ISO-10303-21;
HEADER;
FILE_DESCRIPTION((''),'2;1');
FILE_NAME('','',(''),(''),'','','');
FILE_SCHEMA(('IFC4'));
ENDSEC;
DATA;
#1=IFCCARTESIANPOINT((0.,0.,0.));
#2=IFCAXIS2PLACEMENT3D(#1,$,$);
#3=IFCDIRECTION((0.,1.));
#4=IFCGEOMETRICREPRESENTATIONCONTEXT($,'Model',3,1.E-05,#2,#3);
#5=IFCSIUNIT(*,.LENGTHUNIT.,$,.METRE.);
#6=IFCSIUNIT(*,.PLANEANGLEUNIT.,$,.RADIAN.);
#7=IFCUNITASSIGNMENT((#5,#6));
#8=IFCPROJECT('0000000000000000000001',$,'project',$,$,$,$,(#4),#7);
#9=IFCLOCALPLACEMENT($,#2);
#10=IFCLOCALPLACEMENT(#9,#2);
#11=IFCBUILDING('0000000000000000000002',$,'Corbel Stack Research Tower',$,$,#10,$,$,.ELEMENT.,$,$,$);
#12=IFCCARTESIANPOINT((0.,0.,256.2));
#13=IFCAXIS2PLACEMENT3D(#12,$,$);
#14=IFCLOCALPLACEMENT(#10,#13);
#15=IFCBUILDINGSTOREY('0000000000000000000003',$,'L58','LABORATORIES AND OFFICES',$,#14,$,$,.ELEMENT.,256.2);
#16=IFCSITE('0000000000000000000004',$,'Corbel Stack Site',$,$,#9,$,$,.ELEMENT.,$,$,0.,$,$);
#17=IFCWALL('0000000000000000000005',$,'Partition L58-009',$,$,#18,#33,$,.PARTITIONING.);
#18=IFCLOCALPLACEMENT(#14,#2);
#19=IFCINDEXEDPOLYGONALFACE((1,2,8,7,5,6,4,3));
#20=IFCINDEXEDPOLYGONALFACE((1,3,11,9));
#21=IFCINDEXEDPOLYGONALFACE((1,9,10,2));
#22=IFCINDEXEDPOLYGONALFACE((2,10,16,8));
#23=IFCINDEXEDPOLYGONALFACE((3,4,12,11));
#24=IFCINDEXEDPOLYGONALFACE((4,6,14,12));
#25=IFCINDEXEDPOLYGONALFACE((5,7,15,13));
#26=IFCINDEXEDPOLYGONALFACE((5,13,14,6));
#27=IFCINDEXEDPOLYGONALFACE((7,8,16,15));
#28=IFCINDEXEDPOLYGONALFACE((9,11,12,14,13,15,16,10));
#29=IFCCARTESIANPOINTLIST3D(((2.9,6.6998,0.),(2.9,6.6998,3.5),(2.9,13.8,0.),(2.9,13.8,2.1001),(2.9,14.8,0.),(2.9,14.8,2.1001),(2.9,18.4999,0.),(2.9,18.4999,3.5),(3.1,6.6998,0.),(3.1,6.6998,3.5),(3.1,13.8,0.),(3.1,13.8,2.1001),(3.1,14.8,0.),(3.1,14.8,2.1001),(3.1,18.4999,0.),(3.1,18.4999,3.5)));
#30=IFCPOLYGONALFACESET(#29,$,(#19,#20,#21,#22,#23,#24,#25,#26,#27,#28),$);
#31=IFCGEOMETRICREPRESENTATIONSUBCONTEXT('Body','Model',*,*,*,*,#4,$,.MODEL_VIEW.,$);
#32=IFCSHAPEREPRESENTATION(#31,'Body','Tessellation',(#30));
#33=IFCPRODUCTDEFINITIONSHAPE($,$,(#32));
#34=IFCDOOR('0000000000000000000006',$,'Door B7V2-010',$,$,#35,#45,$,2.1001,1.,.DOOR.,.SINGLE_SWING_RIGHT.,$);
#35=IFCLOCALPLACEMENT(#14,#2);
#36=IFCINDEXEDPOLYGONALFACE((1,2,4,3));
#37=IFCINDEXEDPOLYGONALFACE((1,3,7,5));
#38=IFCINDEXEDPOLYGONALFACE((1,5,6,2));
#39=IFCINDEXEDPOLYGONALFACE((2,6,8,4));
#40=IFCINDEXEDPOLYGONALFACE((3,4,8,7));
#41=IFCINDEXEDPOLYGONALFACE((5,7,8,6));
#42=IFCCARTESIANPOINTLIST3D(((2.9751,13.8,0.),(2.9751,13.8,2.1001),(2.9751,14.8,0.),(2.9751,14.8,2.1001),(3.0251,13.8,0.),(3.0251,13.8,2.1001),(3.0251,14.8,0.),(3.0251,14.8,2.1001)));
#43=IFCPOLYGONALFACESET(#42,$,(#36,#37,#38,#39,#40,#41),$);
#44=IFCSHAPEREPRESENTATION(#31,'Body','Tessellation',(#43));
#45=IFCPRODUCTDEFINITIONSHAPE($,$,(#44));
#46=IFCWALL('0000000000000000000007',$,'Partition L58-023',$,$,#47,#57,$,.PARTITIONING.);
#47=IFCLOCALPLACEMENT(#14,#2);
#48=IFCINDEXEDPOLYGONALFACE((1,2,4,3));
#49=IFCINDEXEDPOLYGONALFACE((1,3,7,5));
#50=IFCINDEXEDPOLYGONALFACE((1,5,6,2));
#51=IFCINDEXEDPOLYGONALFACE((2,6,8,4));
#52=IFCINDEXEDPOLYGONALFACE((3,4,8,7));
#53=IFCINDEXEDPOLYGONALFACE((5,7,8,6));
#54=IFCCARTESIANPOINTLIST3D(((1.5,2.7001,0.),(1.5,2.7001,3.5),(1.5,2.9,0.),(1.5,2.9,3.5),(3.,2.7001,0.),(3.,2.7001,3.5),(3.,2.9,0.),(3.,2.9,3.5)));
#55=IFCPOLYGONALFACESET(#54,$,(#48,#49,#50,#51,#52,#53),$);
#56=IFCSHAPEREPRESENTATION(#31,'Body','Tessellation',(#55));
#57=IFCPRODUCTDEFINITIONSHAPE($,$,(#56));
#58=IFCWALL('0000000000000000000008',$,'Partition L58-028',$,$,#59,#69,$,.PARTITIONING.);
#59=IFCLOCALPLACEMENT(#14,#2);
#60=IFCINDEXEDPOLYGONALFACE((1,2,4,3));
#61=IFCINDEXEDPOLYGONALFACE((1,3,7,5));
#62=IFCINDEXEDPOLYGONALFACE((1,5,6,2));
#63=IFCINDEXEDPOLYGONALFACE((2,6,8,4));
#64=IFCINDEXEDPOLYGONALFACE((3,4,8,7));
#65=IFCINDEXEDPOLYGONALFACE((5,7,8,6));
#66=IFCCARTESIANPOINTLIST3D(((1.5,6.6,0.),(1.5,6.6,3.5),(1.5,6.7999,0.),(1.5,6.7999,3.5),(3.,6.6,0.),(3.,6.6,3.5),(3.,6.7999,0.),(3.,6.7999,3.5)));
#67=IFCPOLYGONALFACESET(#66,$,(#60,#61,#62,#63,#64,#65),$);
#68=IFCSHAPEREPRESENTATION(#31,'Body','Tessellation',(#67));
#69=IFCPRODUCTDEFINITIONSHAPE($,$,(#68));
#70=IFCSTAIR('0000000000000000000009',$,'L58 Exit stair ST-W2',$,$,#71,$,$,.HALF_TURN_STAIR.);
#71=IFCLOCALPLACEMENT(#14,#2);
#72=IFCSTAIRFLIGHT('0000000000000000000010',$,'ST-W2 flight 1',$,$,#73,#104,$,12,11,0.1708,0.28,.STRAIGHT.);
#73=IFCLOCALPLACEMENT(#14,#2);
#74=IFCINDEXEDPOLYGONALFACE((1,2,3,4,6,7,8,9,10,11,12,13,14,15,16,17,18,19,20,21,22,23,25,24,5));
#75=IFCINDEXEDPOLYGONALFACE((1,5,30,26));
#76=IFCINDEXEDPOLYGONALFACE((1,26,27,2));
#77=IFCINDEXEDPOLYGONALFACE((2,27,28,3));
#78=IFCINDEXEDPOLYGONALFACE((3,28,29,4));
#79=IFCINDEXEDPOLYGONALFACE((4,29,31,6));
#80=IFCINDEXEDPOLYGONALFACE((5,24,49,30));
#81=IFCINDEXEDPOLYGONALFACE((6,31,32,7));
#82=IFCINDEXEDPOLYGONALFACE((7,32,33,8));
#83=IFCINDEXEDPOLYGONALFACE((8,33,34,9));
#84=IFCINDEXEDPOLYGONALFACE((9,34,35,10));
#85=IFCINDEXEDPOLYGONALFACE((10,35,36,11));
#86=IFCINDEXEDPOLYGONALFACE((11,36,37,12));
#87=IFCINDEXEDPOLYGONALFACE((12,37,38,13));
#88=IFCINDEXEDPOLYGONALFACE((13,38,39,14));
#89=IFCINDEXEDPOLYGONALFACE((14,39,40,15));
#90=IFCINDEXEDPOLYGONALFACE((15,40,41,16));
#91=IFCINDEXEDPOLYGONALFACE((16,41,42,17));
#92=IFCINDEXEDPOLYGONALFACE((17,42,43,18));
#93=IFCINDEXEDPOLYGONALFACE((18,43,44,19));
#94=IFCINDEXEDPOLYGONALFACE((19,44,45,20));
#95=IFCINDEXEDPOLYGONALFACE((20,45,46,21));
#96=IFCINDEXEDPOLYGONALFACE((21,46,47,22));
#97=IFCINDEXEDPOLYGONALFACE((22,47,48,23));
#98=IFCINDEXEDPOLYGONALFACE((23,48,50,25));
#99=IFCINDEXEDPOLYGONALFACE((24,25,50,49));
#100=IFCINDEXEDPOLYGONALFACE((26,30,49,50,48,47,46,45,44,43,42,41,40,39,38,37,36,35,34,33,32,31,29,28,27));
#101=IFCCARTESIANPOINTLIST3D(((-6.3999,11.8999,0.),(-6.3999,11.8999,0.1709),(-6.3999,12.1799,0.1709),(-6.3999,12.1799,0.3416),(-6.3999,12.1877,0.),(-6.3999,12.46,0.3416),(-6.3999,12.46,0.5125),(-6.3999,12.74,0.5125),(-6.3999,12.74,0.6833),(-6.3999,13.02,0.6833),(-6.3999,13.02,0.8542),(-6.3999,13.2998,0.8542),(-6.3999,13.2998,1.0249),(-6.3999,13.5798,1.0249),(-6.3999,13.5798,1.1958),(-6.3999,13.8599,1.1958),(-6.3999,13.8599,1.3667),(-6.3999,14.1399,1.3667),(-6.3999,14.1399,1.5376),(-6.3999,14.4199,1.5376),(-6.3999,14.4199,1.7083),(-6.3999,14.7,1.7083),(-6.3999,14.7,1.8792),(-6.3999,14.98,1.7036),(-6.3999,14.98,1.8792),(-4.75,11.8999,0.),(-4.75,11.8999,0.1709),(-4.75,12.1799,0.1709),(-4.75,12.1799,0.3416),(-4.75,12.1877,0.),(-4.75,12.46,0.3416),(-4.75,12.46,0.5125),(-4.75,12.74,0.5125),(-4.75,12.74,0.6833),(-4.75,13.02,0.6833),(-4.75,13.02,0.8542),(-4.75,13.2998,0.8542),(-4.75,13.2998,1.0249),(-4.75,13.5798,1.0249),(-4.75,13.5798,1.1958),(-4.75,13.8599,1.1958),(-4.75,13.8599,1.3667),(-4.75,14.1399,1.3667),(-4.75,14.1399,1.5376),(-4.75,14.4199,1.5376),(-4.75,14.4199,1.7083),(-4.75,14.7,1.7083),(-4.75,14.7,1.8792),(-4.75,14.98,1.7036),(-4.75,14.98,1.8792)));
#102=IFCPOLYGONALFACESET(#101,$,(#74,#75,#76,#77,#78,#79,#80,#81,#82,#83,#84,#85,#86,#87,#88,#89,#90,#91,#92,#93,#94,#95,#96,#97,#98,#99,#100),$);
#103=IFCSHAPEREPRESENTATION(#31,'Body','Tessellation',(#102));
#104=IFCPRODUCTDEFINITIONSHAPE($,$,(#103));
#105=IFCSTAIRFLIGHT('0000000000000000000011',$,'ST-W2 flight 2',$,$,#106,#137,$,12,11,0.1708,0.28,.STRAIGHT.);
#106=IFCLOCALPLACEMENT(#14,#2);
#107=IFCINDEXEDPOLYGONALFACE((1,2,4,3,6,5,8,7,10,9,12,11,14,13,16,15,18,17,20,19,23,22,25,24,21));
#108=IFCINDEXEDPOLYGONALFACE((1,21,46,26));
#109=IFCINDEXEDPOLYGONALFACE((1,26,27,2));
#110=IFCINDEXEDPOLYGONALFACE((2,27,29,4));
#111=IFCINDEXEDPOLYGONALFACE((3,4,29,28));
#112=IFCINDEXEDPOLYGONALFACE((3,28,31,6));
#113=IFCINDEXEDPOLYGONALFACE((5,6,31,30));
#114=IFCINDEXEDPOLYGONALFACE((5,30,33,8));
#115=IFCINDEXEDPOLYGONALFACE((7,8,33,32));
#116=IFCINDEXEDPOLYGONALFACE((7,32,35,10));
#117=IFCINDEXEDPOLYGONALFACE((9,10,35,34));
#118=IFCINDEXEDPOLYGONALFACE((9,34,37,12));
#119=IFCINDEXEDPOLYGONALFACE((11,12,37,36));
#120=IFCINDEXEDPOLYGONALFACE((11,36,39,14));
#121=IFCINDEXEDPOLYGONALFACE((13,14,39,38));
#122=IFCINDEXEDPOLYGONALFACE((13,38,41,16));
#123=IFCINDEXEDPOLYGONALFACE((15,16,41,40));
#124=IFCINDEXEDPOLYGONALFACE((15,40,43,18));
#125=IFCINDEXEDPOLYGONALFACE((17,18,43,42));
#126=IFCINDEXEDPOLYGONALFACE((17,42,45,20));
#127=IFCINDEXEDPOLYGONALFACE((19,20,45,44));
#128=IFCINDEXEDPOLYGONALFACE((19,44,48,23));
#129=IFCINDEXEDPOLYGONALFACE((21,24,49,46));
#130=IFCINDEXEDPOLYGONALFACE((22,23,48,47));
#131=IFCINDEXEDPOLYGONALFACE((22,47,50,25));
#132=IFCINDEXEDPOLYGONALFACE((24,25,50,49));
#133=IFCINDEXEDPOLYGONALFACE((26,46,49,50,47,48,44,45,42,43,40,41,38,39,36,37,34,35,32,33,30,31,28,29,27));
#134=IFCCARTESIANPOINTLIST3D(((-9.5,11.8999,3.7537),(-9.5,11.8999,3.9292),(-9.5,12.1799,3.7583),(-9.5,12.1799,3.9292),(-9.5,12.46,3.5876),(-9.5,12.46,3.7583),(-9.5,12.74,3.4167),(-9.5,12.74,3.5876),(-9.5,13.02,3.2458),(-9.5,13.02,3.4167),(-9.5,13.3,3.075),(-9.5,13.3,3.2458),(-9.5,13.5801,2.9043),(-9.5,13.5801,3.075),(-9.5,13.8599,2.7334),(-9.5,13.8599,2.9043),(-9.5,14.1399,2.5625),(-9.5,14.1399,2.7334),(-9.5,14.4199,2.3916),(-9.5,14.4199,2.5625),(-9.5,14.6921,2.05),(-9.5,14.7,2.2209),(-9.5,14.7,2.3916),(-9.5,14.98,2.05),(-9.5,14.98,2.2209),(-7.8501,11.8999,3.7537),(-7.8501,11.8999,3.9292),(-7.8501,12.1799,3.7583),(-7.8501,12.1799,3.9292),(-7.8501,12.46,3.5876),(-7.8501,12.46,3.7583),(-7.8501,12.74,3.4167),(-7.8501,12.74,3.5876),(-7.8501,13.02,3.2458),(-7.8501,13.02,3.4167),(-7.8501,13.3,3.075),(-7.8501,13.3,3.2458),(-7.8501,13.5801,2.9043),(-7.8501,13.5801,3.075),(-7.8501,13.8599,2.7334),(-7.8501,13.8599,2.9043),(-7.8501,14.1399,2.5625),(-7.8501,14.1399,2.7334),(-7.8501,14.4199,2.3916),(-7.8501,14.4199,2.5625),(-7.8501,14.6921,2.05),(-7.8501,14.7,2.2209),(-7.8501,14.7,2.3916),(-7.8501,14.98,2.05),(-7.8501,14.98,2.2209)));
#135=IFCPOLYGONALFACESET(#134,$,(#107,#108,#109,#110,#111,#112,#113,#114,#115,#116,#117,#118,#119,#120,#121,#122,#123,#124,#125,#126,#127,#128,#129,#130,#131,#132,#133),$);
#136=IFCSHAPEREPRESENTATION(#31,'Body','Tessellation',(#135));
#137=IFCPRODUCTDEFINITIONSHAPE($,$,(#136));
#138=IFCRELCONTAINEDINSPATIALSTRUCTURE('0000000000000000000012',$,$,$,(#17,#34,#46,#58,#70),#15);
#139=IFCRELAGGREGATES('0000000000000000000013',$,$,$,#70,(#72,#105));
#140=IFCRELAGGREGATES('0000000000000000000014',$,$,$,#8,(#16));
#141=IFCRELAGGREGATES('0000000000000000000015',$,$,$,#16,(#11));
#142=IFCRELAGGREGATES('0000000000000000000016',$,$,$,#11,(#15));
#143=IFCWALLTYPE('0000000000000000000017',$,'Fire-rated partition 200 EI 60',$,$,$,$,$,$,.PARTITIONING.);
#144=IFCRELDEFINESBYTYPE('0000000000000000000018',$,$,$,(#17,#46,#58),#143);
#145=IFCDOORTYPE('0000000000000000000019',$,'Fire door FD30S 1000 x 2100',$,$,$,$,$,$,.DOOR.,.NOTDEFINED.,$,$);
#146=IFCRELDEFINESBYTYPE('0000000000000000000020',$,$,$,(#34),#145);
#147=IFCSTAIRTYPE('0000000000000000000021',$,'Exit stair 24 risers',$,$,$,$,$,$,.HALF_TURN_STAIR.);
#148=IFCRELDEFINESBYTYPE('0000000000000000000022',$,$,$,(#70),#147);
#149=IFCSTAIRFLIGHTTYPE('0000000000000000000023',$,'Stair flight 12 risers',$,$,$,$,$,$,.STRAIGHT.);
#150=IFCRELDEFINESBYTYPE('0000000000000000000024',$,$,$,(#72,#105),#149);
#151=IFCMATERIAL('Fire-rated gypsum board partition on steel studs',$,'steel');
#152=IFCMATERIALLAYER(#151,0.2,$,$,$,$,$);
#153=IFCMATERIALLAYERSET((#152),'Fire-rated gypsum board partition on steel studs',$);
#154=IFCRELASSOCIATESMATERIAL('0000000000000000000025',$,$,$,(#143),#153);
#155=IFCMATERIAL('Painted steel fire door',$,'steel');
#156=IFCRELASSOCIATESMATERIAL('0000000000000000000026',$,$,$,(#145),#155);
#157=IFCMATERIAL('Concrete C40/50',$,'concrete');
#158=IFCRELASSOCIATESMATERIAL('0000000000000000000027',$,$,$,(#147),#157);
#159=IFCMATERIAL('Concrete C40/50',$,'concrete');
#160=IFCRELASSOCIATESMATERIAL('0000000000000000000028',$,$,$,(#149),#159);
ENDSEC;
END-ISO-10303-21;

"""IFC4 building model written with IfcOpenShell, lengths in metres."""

from ifc_helpers import new_model, si_unit, direction, frame, frame_2d, origin, place, context, subcontext, project, spatial, polyline, rectangle, outline, extrude, material, layer, layer_set, type_object, element, fill, aggregate, save


model = new_model("IFC4")

# Units and contexts
model_context = context("Model", 3, precision=1e-05, world=origin(), true_north=direction((0.0, 1.0)))
body_context = subcontext(model_context, "Body", "Model", "MODEL_VIEW")
ifc_project = project(units=[si_unit("LENGTHUNIT", "METRE"), si_unit("PLANEANGLEUNIT", "RADIAN")], contexts=[model_context])

# Site, building, storey
site_placement = place(None, origin())
site = spatial("IfcSite", under=ifc_project, at=site_placement, Name="Corbel Stack Site", CompositionType="ELEMENT", RefElevation=0.0)
building_placement = place(site_placement, origin())
building = spatial("IfcBuilding", under=site, at=building_placement, Name="Corbel Stack Research Tower", CompositionType="ELEMENT")
storey_placement = place(building_placement, frame((0.0, 0.0, 256.2)))
storey = spatial("IfcBuildingStorey", under=building, at=storey_placement, Name="L58", Description="LABORATORIES AND OFFICES", CompositionType="ELEMENT", Elevation=256.2)

# Wall, opening, door
ifc_material_1 = material(Name="Fire-rated gypsum board partition on steel studs", Category="steel")
ifc_layer_1 = layer(ifc_material_1, 0.2)
ifc_layer_set_1 = layer_set([ifc_layer_1], Name="Fire-rated gypsum board partition on steel studs")
wall_type_1 = type_object("IfcWallType", Name="Fire-rated partition 200 EI 60", PredefinedType="PARTITIONING", material=ifc_layer_set_1)
wall_1_placement = place(storey_placement, frame((3.0, 6.7, 0.0), z_axis=(0.0, 0.0, 1.0), x_axis=(0.0, 1.0, 0.0)))
wall_1 = element("IfcWall", 1, at=wall_1_placement, inside=storey, type_object=wall_type_1, Name="Partition L58-009", PredefinedType="PARTITIONING", context=body_context, shape_type="SweptSolid", body=[
    extrude(rectangle(XDim=11.8, YDim=0.2, at=frame_2d((5.8999, 0.0))), origin(), (0.0, 0.0, 1.0), 3.5),
])
opening_1_placement = place(wall_1_placement, frame((7.1001, 0.0, 0.0)))
opening_1 = element("IfcOpeningElement", 2, at=opening_1_placement, cuts=wall_1, PredefinedType="OPENING", context=body_context, shape_type="SweptSolid", body=[
    extrude(rectangle(XDim=1.0, YDim=2.1001, at=frame_2d((0.5, 1.05))), frame((0.0, 0.1099, 0.0), z_axis=(0.0, -1.0, 0.0), x_axis=(1.0, 0.0, 0.0)), (0.0, 0.0, 1.0), 0.22),
])
ifc_material_2 = material(Name="Painted steel fire door", Category="steel")
door_type_1 = type_object("IfcDoorType", Name="Fire door FD30S 1000 x 2100", OperationType="NOTDEFINED", PredefinedType="DOOR", material=ifc_material_2)
door_1_placement = place(opening_1_placement, origin())
door_1 = element("IfcDoor", 3, at=door_1_placement, inside=storey, type_object=door_type_1, Name="Door B7V2-010", OperationType="SINGLE_SWING_RIGHT", OverallHeight=2.1001, OverallWidth=1.0, PredefinedType="DOOR", context=body_context, shape_type="SweptSolid", body=[
    extrude(rectangle(XDim=1.0, YDim=2.1001, at=frame_2d((0.5, 1.05))), frame((0.0, 0.0249, 0.0), z_axis=(0.0, -1.0, 0.0), x_axis=(1.0, 0.0, 0.0)), (0.0, 0.0, 1.0), 0.05),
])
fill(opening_1, door_1)

# Walls
for number, where, z_axis, x_axis, name in (
    (4, (1.5, 2.8, 0.0), (0.0, 0.0, 1.0), (1.0, 0.0, 0.0), "Partition L58-023"),
    (5, (1.5, 6.7, 0.0), (0.0, 0.0, 1.0), (1.0, 0.0, 0.0), "Partition L58-028"),
):
    element("IfcWall", number, at=place(storey_placement, frame(where, z_axis=z_axis, x_axis=x_axis)), inside=storey, type_object=wall_type_1, Name=name, PredefinedType="PARTITIONING", context=body_context, shape_type="SweptSolid", body=[
        extrude(rectangle(XDim=1.5, YDim=0.2, at=frame_2d((0.75, 0.0))), origin(), (0.0, 0.0, 1.0), 3.5),
    ])

# Stair, stair flights
ifc_material_3 = material(Name="Concrete C40/50", Category="concrete")
stair_type = type_object("IfcStairType", Name="Exit stair 24 risers", PredefinedType="HALF_TURN_STAIR", material=ifc_material_3)
stair_placement = place(storey_placement, origin())
stair = element("IfcStair", 6, at=stair_placement, inside=storey, type_object=stair_type, Name="L58 Exit stair ST-W2", PredefinedType="HALF_TURN_STAIR")
ifc_material_4 = material(Name="Concrete C40/50", Category="concrete")
stair_flight_type = type_object("IfcStairFlightType", Name="Stair flight 12 risers", PredefinedType="STRAIGHT", material=ifc_material_4)
stair_flight_1_placement = place(storey_placement, frame((-5.575, 11.8999, 0.0), z_axis=(0.0, 0.0, 1.0), x_axis=(0.0, 1.0, 0.0)))
stair_flight_1 = element("IfcStairFlight", 7, at=stair_flight_1_placement, type_object=stair_flight_type, Name="ST-W2 flight 1", NumberOfRisers=12, NumberOfTreads=11, PredefinedType="STRAIGHT", RiserHeight=0.1708, TreadLength=0.28, context=body_context, shape_type="SweptSolid", body=[
    extrude(outline(polyline([(0.0, 0.0), (0.0, 0.1709), (0.28, 0.1709), (0.28, 0.3416), (0.5601, 0.3416), (0.5601, 0.5125), (0.8401, 0.5125), (0.8401, 0.6833), (1.1201, 0.6833), (1.1201, 0.8542), (1.3999, 0.8542), (1.3999, 1.0249), (1.6799, 1.0249), (1.6799, 1.1958), (1.96, 1.1958), (1.96, 1.3667), (2.24, 1.3667), (2.24, 1.5376), (2.52, 1.5376), (2.52, 1.7083), (2.8, 1.7083), (2.8, 1.8792), (3.0801, 1.8792), (3.0801, 2.05), (3.0801, 1.7036), (0.2878, 0.0), (0.0, 0.0)])), frame((0.0, 0.825, 0.0), z_axis=(0.0, -1.0, 0.0), x_axis=(1.0, 0.0, 0.0)), (0.0, 0.0, 1.0), 1.6499),
])
stair_flight_2_placement = place(storey_placement, frame((-8.675, 14.98, 2.05), z_axis=(0.0, 0.0, 1.0), x_axis=(0.0, -1.0, 0.0)))
stair_flight_2 = element("IfcStairFlight", 8, at=stair_flight_2_placement, type_object=stair_flight_type, Name="ST-W2 flight 2", NumberOfRisers=12, NumberOfTreads=11, PredefinedType="STRAIGHT", RiserHeight=0.1708, TreadLength=0.28, context=body_context, shape_type="SweptSolid", body=[
    extrude(outline(polyline([(0.0, 0.0), (0.0, 0.1709), (0.28, 0.1709), (0.28, 0.3416), (0.5601, 0.3416), (0.5601, 0.5125), (0.8401, 0.5125), (0.8401, 0.6833), (1.1201, 0.6833), (1.1201, 0.8542), (1.3999, 0.8542), (1.3999, 1.0249), (1.6799, 1.0249), (1.6799, 1.1958), (1.96, 1.1958), (1.96, 1.3667), (2.24, 1.3667), (2.24, 1.5376), (2.52, 1.5376), (2.52, 1.7083), (2.8, 1.7083), (2.8, 1.8792), (3.0801, 1.8792), (3.0801, 2.05), (3.0801, 1.7036), (0.2878, 0.0), (0.0, 0.0)])), frame((0.0, 0.825, 0.0), z_axis=(0.0, -1.0, 0.0), x_axis=(1.0, 0.0, 0.0)), (0.0, 0.0, 1.0), 1.6499),
])
aggregate(stair, [stair_flight_1, stair_flight_2])

save(model, "model.ifc")
